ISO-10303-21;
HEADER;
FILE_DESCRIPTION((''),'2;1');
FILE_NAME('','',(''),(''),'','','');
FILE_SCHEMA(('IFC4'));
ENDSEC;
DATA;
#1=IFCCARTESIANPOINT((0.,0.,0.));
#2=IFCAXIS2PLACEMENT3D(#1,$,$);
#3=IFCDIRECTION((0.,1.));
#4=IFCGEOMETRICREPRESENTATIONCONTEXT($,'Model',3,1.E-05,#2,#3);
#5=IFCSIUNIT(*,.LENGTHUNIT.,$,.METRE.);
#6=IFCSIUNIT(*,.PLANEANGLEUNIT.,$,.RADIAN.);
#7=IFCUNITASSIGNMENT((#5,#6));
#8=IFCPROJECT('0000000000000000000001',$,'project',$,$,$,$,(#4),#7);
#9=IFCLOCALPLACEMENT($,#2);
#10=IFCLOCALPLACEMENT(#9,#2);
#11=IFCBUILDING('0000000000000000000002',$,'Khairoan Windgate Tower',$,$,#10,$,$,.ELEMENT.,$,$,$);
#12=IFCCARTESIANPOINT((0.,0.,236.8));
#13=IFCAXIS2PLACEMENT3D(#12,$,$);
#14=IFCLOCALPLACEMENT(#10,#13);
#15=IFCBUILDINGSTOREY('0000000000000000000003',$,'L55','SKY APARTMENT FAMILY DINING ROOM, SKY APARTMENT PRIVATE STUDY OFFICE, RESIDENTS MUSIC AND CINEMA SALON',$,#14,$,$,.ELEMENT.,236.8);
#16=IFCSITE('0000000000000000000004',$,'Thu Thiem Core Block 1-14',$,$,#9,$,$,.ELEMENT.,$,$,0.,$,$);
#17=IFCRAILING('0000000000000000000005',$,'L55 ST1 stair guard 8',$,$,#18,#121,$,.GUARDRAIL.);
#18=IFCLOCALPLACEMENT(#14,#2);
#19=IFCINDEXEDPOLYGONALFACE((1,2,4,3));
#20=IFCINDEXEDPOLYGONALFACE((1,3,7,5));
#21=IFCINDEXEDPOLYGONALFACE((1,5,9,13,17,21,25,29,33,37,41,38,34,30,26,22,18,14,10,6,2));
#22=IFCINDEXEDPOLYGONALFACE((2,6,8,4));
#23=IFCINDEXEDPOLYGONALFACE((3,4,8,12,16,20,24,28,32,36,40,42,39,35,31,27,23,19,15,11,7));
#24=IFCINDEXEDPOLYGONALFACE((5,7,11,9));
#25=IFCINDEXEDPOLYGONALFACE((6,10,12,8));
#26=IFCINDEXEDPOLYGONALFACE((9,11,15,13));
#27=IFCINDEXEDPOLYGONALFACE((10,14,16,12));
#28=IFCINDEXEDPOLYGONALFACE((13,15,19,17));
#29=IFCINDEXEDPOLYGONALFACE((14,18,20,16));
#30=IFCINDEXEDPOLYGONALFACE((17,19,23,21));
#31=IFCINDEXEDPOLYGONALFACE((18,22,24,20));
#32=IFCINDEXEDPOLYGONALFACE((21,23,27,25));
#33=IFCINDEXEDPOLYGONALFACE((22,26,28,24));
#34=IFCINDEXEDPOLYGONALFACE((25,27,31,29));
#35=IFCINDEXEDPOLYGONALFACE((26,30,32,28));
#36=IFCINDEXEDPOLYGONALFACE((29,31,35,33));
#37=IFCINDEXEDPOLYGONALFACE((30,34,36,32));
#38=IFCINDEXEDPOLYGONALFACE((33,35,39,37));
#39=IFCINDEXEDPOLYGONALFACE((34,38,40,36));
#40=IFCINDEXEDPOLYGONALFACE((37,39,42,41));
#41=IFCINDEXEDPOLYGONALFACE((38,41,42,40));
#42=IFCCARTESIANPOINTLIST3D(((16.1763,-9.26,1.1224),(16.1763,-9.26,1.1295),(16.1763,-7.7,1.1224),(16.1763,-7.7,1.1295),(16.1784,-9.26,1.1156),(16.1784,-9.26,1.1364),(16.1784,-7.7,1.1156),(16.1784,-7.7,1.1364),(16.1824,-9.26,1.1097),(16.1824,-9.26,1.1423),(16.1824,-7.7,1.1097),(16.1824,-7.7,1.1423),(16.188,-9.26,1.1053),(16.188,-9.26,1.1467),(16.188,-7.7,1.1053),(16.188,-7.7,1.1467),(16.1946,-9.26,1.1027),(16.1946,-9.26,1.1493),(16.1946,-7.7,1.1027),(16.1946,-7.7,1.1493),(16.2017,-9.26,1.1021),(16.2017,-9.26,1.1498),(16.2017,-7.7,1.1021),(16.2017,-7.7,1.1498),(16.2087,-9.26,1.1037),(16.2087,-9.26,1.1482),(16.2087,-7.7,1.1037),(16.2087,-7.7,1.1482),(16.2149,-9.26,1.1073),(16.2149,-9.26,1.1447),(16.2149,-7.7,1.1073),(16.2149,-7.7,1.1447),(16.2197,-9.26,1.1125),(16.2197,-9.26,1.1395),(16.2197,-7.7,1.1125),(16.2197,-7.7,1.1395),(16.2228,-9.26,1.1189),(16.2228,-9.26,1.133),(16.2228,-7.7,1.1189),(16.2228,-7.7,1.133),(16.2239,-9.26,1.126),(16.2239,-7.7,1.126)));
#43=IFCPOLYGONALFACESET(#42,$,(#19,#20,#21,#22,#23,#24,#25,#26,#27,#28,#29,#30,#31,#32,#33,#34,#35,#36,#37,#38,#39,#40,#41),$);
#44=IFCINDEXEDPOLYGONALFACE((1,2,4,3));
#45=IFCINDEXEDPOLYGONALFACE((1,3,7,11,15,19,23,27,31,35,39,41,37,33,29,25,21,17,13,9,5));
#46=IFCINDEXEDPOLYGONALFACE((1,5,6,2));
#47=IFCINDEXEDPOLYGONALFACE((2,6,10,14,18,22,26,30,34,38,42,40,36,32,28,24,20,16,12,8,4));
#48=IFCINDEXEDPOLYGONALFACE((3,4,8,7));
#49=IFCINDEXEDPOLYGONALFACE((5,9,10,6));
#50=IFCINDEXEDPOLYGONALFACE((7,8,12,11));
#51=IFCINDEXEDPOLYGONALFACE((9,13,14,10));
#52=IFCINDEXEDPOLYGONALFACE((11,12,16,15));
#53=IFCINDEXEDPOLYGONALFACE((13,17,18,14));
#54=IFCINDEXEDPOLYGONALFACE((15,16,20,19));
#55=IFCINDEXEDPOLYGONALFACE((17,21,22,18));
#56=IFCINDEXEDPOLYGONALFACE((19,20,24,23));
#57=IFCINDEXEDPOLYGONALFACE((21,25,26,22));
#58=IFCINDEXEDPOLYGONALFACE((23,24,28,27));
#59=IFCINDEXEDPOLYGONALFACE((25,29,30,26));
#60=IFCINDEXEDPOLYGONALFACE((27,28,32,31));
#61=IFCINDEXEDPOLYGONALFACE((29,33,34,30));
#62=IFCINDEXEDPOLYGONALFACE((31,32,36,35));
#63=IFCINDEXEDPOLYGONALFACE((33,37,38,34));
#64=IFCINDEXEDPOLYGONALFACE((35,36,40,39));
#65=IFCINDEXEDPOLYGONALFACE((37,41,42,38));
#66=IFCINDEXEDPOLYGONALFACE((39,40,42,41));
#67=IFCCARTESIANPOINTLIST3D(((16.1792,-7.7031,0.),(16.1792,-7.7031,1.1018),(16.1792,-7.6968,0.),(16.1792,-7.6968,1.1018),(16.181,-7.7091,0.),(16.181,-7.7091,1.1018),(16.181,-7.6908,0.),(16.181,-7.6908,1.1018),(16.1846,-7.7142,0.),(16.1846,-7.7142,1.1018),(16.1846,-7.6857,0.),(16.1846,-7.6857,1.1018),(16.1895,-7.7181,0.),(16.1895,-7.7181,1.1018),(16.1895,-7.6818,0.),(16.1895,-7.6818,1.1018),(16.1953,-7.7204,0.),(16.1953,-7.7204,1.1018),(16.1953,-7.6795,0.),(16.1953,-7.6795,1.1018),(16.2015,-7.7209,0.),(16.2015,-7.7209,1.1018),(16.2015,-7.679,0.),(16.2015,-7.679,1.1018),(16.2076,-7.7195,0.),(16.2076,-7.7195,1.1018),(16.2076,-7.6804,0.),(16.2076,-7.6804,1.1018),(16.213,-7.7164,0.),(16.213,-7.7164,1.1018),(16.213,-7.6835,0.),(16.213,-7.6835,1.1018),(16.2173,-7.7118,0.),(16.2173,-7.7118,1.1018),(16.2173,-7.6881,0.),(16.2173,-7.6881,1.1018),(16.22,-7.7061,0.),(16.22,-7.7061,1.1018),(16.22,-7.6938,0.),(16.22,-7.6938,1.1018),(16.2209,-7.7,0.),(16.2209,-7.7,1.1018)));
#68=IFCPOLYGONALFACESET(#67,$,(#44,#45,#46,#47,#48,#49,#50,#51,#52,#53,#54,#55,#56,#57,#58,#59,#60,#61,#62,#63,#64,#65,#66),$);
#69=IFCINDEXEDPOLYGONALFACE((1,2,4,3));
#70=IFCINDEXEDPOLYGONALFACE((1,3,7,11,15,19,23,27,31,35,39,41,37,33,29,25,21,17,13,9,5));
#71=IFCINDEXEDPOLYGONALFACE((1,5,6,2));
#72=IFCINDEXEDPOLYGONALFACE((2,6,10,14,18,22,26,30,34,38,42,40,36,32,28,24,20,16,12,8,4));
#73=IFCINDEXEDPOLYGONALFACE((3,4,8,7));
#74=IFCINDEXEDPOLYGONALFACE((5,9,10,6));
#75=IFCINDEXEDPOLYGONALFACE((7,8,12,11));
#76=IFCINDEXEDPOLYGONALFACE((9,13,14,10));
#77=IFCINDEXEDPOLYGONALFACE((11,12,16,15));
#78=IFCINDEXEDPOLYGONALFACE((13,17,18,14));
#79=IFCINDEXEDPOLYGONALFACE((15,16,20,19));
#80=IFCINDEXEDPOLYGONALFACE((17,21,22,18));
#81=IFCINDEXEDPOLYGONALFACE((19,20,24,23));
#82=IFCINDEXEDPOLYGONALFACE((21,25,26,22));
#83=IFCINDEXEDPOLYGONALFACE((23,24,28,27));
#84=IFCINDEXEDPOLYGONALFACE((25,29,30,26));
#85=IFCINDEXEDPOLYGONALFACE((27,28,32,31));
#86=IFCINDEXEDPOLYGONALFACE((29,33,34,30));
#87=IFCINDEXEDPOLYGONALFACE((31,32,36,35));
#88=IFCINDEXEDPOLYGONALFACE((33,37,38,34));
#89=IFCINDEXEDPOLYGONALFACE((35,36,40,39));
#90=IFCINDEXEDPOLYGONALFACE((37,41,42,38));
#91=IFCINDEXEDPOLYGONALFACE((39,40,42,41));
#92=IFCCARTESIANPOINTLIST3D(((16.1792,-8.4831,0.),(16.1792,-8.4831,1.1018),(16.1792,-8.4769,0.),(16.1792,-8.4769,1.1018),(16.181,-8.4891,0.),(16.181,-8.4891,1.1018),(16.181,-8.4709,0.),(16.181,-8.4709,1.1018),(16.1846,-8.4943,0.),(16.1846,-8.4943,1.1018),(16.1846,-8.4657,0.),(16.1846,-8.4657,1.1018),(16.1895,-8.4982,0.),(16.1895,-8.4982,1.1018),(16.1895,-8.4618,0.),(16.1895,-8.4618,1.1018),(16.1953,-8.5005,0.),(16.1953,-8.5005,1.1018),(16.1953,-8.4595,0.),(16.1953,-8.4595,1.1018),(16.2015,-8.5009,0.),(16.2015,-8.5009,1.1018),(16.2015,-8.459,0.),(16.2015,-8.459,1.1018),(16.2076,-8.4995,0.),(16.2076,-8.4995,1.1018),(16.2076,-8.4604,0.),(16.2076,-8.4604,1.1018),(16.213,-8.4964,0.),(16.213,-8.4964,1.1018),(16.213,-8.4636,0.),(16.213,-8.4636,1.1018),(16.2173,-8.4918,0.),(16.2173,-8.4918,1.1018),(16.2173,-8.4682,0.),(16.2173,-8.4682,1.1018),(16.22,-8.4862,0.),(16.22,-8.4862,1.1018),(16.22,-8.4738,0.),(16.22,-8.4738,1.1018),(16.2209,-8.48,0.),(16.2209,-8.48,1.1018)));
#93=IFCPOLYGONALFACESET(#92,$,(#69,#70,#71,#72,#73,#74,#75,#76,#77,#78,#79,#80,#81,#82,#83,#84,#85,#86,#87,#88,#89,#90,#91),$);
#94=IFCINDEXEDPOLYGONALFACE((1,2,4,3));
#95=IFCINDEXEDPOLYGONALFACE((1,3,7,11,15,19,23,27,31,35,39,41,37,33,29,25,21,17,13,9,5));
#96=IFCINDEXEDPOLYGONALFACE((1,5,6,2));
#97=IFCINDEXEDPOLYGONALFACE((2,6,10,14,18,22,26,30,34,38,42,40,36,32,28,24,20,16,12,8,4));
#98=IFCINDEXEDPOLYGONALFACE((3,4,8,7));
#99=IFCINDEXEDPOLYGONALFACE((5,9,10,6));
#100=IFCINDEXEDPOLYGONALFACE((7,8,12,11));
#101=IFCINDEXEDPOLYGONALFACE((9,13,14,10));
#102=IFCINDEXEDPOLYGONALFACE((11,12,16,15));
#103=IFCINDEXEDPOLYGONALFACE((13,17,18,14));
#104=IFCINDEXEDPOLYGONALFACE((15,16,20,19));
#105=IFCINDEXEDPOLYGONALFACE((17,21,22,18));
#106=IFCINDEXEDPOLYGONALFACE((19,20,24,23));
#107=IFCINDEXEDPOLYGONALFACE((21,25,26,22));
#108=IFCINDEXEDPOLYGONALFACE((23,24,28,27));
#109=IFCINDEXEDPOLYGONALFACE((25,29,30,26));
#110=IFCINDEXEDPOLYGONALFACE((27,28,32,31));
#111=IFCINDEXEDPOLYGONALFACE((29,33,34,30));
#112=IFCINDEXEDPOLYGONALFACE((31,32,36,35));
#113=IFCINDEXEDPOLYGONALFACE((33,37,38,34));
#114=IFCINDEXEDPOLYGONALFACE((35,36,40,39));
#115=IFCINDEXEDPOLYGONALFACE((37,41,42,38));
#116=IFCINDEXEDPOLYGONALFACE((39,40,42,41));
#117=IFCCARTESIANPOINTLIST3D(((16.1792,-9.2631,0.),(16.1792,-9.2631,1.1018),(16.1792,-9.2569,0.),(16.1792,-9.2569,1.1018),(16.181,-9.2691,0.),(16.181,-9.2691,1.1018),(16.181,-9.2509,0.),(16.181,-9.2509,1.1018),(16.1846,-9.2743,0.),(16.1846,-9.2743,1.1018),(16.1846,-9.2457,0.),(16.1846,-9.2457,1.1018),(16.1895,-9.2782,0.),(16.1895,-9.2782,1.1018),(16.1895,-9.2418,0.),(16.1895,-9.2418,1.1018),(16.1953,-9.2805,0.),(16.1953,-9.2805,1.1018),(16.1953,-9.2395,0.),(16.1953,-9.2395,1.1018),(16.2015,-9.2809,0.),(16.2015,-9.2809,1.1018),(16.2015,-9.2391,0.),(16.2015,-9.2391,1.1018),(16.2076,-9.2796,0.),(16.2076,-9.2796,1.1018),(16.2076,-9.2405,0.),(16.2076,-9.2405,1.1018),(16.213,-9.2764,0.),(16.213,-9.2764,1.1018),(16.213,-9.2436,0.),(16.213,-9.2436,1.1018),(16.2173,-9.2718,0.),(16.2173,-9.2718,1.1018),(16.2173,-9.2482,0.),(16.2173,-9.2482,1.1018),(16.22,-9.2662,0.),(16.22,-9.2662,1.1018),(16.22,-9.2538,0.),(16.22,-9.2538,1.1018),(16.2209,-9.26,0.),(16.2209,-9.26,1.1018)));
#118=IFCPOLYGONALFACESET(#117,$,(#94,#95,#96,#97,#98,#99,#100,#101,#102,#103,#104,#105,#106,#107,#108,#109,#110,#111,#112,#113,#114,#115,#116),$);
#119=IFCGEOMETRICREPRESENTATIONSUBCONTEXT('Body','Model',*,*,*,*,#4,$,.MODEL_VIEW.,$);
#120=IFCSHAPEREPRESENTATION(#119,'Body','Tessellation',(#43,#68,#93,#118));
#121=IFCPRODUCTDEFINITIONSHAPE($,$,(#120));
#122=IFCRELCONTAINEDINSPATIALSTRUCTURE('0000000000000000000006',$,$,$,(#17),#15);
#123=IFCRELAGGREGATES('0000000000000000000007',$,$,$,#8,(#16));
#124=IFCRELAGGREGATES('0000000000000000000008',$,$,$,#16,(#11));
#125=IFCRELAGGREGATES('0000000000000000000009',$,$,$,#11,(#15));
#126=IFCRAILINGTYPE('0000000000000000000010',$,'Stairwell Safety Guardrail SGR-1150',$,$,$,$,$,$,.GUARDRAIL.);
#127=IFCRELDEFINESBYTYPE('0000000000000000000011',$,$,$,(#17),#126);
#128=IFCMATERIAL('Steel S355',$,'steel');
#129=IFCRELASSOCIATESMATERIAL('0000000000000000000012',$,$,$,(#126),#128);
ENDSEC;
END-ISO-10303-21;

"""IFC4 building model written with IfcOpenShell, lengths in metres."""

from ifc_helpers import new_model, si_unit, direction, frame, origin, origin_2d, place, context, subcontext, project, spatial, circle, extrude, material, type_object, element, save


model = new_model("IFC4")

# Units and contexts
model_context = context("Model", 3, precision=1e-05, world=origin(), true_north=direction((0.0, 1.0)))
body_context = subcontext(model_context, "Body", "Model", "MODEL_VIEW")
ifc_project = project(units=[si_unit("LENGTHUNIT", "METRE"), si_unit("PLANEANGLEUNIT", "RADIAN")], contexts=[model_context])

# Site, building, storey
site_placement = place(None, origin())
site = spatial("IfcSite", under=ifc_project, at=site_placement, Name="Thu Thiem Core Block 1-14", CompositionType="ELEMENT", RefElevation=0.0)
building_placement = place(site_placement, origin())
building = spatial("IfcBuilding", under=site, at=building_placement, Name="Khairoan Windgate Tower", CompositionType="ELEMENT")
storey_placement = place(building_placement, frame((0.0, 0.0, 236.8)))
storey = spatial("IfcBuildingStorey", under=building, at=storey_placement, Name="L55", Description="SKY APARTMENT FAMILY DINING ROOM, SKY APARTMENT PRIVATE STUDY OFFICE, RESIDENTS MUSIC AND CINEMA SALON", CompositionType="ELEMENT", Elevation=236.8)

# Railing
ifc_material_1 = material(Name="Steel S355", Category="steel")
railing_type_1 = type_object("IfcRailingType", Name="Stairwell Safety Guardrail SGR-1150", PredefinedType="GUARDRAIL", material=ifc_material_1)
railing_1_placement = place(storey_placement, frame((16.2, -7.7, 0.0)))
element("IfcRailing", 1, at=railing_1_placement, inside=storey, type_object=railing_type_1, Name="L55 ST1 stair guard 8", PredefinedType="GUARDRAIL", context=body_context, shape_type="SweptSolid", body=[
    extrude(circle(Radius=0.0239, at=origin_2d()), frame((0.0, 0.0, 1.126), z_axis=(0.0, -1.0, 0.0), x_axis=(1.0, 0.0, 0.0)), (0.0, 0.0, 1.0), 1.5601),
    extrude(circle(Radius=0.021, at=origin_2d()), origin(), (0.0, 0.0, 1.0), 1.1018),
    extrude(circle(Radius=0.021, at=origin_2d()), frame((0.0, -0.78, 0.0)), (0.0, 0.0, 1.0), 1.1018),
    extrude(circle(Radius=0.021, at=origin_2d()), frame((0.0, -1.5601, 0.0)), (0.0, 0.0, 1.0), 1.1018),
])

save(model, "model.ifc")
